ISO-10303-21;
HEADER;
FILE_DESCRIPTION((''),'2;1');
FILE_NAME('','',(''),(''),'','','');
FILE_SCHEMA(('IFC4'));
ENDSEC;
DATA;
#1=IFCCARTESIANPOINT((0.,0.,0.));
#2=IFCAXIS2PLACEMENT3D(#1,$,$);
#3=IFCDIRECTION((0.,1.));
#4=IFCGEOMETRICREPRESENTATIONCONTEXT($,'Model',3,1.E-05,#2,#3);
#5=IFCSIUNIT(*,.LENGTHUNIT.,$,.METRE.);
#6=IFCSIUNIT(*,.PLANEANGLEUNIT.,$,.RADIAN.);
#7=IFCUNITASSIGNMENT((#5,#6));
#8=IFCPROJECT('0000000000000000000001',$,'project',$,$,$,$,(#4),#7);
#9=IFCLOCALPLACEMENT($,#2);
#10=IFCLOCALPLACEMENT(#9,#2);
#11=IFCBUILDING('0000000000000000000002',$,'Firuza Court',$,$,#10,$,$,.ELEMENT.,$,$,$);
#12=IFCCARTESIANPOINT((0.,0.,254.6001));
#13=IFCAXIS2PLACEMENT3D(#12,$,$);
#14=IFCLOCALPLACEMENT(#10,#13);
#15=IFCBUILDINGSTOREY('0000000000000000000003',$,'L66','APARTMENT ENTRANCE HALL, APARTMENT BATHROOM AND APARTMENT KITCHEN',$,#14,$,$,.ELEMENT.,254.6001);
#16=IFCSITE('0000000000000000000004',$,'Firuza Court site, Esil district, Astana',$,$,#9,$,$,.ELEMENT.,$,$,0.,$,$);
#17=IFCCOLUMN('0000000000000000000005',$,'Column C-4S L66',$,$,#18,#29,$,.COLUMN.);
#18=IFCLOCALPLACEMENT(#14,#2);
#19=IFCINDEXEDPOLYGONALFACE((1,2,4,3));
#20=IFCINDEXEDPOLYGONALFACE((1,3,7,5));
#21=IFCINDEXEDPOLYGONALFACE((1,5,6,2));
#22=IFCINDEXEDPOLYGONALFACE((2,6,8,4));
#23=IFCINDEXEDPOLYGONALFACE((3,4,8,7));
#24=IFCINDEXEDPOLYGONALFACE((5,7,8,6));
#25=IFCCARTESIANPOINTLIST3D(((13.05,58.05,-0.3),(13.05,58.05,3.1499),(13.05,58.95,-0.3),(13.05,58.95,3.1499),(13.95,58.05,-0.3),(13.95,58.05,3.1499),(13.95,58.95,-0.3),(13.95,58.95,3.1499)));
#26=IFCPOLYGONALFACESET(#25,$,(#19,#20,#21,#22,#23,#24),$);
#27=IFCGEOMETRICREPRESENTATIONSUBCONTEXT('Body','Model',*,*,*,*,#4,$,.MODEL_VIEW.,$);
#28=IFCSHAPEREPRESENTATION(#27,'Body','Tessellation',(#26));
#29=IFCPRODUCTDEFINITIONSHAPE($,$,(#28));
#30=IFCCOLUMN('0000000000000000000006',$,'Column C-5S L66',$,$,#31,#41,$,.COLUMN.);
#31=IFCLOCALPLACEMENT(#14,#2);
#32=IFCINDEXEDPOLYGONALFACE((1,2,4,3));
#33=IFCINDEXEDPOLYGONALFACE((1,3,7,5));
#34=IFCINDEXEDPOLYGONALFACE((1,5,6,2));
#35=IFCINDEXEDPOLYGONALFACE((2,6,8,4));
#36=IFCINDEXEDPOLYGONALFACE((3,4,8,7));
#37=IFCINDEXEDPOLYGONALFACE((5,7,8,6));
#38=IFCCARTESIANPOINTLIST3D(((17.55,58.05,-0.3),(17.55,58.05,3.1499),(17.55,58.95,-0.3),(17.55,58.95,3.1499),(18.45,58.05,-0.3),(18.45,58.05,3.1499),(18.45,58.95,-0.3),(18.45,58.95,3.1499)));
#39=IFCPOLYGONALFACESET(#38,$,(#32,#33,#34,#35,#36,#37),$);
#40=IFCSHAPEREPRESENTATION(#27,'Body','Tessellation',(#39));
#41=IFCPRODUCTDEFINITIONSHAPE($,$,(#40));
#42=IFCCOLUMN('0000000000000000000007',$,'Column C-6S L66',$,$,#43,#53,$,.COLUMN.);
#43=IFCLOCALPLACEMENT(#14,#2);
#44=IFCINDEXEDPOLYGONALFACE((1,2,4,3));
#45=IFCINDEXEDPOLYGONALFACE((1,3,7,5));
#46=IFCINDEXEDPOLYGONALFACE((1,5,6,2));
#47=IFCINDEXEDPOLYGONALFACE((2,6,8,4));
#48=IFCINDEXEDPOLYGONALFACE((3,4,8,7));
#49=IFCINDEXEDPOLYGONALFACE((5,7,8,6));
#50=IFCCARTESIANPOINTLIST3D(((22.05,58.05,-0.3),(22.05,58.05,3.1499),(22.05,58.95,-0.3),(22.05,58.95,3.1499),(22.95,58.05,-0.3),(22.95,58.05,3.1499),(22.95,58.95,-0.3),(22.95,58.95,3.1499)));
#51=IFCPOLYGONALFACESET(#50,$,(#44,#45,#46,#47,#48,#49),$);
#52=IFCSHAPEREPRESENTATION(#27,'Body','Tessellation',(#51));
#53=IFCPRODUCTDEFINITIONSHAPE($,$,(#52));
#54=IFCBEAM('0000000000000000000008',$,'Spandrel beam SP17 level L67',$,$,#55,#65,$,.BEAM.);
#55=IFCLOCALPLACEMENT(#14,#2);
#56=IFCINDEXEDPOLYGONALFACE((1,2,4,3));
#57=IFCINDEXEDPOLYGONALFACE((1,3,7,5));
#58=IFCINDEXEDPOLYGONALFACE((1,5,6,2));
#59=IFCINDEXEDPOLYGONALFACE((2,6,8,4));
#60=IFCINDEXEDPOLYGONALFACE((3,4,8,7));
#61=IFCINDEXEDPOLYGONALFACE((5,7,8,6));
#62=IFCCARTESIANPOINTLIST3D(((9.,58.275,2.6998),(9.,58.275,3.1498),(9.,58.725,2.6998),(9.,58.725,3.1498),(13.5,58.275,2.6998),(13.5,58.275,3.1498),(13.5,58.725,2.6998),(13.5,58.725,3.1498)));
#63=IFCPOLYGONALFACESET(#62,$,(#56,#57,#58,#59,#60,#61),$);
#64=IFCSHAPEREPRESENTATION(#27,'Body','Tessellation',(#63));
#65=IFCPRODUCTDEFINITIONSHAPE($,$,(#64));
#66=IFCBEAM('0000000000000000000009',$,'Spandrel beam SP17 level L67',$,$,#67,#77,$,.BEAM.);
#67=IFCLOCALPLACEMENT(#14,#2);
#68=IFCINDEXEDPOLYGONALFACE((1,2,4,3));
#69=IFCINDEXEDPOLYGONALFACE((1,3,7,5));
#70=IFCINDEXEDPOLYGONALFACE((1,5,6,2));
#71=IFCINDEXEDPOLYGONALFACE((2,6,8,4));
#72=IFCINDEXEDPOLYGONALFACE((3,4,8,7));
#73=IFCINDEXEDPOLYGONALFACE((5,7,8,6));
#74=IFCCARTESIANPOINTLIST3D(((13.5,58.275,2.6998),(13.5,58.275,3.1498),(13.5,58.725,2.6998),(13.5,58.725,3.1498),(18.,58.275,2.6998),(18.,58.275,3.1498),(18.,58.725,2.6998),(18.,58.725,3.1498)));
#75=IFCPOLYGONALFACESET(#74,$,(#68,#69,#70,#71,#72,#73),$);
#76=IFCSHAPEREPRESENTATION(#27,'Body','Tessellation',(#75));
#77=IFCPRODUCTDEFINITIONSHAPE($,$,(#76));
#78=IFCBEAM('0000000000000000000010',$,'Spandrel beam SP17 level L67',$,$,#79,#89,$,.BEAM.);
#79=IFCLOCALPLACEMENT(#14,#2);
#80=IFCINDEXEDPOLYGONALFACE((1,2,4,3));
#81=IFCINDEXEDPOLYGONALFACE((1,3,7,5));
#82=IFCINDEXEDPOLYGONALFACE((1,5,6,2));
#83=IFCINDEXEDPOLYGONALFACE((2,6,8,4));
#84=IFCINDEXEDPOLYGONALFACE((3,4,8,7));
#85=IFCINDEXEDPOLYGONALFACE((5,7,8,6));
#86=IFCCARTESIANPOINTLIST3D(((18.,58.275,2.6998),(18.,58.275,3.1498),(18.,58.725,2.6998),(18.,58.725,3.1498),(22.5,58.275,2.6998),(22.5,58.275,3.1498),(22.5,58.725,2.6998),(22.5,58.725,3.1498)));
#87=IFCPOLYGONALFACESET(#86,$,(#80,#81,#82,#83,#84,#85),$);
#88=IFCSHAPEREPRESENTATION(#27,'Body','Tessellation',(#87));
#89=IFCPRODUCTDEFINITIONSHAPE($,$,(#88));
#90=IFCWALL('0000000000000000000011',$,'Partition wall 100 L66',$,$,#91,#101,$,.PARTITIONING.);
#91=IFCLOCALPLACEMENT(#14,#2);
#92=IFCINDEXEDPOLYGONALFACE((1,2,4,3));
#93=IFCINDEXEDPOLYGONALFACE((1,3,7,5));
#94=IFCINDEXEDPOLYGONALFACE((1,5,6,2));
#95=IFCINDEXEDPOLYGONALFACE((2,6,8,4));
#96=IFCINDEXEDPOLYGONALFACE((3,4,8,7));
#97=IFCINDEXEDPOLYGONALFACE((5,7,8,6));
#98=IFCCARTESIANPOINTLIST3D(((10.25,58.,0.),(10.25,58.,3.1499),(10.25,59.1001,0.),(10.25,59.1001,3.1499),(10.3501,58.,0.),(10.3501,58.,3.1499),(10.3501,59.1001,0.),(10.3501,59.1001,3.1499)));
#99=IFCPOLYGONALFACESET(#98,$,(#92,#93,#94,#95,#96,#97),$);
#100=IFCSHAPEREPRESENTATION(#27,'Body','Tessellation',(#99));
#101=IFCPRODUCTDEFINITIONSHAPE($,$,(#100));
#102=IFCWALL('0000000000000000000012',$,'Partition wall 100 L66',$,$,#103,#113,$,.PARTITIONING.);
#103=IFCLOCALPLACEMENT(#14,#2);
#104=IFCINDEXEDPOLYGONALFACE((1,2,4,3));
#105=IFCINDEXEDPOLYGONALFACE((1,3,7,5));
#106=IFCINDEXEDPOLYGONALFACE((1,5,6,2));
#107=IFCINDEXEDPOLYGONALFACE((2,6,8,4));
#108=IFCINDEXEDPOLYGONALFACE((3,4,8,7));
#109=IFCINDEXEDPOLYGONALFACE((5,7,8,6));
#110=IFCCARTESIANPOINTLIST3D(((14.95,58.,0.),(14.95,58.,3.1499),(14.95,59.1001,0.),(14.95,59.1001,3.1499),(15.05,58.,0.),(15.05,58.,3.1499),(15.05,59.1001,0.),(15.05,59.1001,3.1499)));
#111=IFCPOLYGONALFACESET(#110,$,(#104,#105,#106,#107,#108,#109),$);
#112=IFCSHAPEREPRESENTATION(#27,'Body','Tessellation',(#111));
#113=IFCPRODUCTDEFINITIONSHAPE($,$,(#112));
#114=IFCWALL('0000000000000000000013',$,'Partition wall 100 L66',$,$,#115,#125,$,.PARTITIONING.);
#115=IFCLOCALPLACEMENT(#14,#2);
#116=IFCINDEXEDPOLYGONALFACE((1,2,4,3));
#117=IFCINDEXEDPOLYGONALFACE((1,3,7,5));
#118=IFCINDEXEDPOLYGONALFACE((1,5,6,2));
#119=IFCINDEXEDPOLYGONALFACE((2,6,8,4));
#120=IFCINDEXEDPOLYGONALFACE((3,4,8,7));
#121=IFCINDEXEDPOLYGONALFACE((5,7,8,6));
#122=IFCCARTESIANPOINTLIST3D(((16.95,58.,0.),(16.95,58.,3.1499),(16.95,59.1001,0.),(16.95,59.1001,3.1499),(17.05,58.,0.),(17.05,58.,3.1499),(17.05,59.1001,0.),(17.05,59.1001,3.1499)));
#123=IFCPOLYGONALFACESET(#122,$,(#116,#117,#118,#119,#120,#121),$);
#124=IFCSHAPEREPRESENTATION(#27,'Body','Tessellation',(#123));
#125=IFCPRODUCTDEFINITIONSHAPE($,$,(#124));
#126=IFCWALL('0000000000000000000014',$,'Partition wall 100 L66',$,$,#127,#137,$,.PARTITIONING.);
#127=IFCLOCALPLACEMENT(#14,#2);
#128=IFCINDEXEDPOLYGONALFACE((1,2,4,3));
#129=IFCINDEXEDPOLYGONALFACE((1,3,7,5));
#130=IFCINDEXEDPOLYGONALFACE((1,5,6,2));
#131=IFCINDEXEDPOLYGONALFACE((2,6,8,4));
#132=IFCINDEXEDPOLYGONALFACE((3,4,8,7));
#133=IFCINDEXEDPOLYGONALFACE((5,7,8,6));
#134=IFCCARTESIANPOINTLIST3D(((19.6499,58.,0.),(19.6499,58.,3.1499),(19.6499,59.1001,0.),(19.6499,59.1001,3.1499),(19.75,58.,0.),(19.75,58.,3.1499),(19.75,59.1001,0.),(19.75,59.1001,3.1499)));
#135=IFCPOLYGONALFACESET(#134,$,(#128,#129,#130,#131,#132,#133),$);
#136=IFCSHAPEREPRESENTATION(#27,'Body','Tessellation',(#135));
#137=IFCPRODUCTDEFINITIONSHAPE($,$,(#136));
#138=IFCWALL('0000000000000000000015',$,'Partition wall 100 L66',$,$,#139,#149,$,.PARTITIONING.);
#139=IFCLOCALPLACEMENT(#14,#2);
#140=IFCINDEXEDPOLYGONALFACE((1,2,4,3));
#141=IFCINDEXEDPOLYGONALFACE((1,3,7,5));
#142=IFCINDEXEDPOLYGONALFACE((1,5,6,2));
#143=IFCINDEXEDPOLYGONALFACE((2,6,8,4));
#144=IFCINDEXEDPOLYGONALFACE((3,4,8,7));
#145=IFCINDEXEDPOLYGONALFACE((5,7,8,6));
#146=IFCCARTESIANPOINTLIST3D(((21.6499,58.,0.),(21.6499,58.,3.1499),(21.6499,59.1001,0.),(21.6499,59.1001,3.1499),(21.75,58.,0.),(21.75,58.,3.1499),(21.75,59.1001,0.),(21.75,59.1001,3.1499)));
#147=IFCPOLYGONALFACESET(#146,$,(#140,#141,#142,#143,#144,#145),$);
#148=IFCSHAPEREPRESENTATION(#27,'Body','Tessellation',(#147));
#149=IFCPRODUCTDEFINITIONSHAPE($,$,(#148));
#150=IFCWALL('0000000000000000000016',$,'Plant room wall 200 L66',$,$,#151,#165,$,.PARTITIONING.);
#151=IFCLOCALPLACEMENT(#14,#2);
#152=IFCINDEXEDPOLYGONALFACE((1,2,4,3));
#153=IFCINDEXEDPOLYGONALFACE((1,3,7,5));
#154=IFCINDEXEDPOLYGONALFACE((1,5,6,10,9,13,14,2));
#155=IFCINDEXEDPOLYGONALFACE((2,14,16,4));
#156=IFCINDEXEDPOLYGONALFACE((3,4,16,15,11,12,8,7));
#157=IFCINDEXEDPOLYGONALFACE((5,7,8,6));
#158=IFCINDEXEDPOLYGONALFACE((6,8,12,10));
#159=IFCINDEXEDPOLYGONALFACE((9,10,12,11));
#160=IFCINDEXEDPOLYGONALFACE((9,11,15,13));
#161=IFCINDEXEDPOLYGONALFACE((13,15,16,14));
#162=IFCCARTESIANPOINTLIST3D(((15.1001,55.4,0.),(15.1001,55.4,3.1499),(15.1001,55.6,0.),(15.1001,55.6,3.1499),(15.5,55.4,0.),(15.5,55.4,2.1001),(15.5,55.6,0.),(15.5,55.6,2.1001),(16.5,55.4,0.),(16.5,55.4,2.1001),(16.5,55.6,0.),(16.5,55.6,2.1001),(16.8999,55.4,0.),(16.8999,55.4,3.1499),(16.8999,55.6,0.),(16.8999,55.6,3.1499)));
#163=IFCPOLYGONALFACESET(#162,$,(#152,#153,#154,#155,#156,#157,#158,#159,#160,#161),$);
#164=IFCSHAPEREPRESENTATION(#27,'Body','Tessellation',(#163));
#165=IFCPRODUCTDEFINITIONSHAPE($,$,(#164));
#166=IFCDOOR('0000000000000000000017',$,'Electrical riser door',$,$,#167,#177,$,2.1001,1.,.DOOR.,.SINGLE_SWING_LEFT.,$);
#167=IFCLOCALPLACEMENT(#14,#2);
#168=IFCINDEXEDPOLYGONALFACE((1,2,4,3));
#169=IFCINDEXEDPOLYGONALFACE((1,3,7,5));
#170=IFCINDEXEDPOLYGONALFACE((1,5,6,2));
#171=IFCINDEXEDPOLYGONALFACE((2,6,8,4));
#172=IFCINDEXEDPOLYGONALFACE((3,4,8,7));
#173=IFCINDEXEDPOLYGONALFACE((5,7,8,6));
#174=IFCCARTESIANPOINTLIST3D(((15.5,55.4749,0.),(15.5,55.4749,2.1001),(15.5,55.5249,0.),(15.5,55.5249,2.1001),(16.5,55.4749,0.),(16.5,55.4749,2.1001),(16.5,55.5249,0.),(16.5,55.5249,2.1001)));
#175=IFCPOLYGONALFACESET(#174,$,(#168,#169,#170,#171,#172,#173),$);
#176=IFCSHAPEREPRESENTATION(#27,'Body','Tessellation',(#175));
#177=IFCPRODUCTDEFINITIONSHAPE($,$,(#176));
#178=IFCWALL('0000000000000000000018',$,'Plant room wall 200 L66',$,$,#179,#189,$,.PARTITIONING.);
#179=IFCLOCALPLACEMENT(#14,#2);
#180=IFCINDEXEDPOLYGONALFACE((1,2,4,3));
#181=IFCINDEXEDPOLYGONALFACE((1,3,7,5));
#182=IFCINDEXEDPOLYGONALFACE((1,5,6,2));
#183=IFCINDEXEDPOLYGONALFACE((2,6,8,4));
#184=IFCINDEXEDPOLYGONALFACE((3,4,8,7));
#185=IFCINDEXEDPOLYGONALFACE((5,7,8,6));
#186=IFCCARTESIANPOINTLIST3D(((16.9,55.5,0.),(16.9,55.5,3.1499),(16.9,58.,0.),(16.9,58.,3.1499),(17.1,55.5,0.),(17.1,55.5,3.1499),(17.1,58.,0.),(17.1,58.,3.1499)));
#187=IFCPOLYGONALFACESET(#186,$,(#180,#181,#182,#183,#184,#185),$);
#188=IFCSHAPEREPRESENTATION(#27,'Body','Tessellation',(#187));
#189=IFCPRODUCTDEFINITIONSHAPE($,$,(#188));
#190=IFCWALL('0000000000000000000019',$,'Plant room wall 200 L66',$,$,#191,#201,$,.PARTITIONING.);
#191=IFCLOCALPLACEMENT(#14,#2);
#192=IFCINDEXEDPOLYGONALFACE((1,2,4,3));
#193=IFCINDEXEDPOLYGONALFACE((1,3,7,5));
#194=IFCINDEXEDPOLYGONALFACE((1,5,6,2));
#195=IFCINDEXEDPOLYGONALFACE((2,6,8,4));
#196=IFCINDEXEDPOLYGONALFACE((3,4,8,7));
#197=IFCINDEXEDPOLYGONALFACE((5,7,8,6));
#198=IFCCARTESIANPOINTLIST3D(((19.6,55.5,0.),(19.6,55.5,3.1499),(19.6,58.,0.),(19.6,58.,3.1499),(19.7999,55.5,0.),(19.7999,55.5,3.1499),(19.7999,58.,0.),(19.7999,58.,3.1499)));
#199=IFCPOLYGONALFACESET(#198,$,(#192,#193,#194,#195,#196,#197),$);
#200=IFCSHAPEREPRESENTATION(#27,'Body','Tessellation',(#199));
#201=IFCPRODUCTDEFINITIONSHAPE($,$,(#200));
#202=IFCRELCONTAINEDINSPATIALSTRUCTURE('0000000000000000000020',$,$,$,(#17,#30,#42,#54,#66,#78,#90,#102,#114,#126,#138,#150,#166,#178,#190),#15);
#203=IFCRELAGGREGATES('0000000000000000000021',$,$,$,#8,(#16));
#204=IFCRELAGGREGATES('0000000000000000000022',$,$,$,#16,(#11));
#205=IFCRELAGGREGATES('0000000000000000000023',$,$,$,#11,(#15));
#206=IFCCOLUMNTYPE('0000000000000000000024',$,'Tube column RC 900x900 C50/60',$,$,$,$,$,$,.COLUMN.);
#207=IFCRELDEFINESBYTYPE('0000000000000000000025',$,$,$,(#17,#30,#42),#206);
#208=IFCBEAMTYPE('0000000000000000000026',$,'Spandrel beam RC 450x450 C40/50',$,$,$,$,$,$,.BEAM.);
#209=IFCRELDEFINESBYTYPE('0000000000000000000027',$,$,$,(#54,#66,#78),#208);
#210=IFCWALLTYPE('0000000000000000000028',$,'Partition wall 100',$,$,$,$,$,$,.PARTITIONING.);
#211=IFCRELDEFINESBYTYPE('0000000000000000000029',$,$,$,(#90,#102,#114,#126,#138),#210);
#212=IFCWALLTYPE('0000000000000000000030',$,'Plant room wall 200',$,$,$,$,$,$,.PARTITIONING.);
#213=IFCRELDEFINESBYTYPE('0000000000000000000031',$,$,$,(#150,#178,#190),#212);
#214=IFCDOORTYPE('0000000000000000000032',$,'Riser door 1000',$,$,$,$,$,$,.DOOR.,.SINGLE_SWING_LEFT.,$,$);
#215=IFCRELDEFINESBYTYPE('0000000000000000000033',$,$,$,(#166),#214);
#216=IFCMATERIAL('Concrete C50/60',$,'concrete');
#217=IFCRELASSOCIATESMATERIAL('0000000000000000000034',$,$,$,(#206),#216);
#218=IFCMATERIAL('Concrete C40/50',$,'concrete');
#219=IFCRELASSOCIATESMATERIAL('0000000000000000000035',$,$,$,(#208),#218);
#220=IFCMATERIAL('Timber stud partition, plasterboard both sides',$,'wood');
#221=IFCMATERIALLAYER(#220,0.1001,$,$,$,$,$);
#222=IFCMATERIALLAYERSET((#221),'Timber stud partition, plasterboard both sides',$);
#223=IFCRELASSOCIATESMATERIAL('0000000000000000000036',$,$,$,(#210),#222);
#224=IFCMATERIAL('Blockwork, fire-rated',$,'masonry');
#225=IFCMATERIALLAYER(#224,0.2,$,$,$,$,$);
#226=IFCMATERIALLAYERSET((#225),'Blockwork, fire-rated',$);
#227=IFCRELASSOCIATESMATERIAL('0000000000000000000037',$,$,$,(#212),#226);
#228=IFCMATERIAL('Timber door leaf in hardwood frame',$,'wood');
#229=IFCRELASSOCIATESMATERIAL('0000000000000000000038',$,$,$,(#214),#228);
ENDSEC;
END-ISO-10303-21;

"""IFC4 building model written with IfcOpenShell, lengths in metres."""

from ifc_helpers import new_model, si_unit, direction, frame, frame_2d, origin, origin_2d, place, context, subcontext, project, spatial, rectangle, extrude, material, layer, layer_set, material_profile, profile_set, type_object, element, fill, save


model = new_model("IFC4")

# Units and contexts
model_context = context("Model", 3, precision=1e-05, world=origin(), true_north=direction((0.0, 1.0)))
body_context = subcontext(model_context, "Body", "Model", "MODEL_VIEW")
ifc_project = project(units=[si_unit("LENGTHUNIT", "METRE"), si_unit("PLANEANGLEUNIT", "RADIAN")], contexts=[model_context])

# Site, building, storey
site_placement = place(None, origin())
site = spatial("IfcSite", under=ifc_project, at=site_placement, Name="Firuza Court site, Esil district, Astana", CompositionType="ELEMENT", RefElevation=0.0)
building_placement = place(site_placement, origin())
building = spatial("IfcBuilding", under=site, at=building_placement, Name="Firuza Court", CompositionType="ELEMENT")
storey_placement = place(building_placement, frame((0.0, 0.0, 254.6001)))
storey = spatial("IfcBuildingStorey", under=building, at=storey_placement, Name="L66", Description="APARTMENT ENTRANCE HALL, APARTMENT BATHROOM AND APARTMENT KITCHEN", CompositionType="ELEMENT", Elevation=254.6001)

# Columns
ifc_material_1 = material(Name="Concrete C50/60", Category="concrete")
ifc_material_profile_1 = material_profile(ifc_material_1, rectangle(XDim=0.8999, YDim=0.8999, at=origin_2d()), Name="RC 900x900")
ifc_profile_set_1 = profile_set([ifc_material_profile_1], Name="Concrete C50/60")
column_type = type_object("IfcColumnType", Name="Tube column RC 900x900 C50/60", PredefinedType="COLUMN", material=ifc_profile_set_1)
for number, where, z_axis, x_axis, name in (
    (1, (13.5, 58.5, -0.3), (0.0, 0.0, 1.0), (1.0, 0.0, 0.0), "Column C-4S L66"),
    (2, (18.0, 58.5, -0.3), (0.0, 0.0, 1.0), (1.0, 0.0, 0.0), "Column C-5S L66"),
    (3, (22.5, 58.5, -0.3), (0.0, 0.0, 1.0), (1.0, 0.0, 0.0), "Column C-6S L66"),
):
    element("IfcColumn", number, at=place(storey_placement, frame(where, z_axis=z_axis, x_axis=x_axis)), inside=storey, type_object=column_type, Name=name, PredefinedType="COLUMN", context=body_context, shape_type="SweptSolid", body=[
        extrude(rectangle(XDim=0.8999, YDim=0.8999, at=origin_2d()), origin(), (0.0, 0.0, 1.0), 3.45),
    ])

# Beams
ifc_material_2 = material(Name="Concrete C40/50", Category="concrete")
ifc_material_profile_2 = material_profile(ifc_material_2, rectangle(XDim=0.45, YDim=0.45, at=origin_2d()), Name="RC 450x450")
ifc_profile_set_2 = profile_set([ifc_material_profile_2], Name="Concrete C40/50")
beam_type = type_object("IfcBeamType", Name="Spandrel beam RC 450x450 C40/50", PredefinedType="BEAM", material=ifc_profile_set_2)
for number, where, z_axis, x_axis, name in (
    (4, (13.5, 58.5, 2.9248), (-1.0, 0.0, 0.0), (0.0, -1.0, 0.0), "Spandrel beam SP17 level L67"),
    (5, (18.0, 58.5, 2.9248), (-1.0, 0.0, 0.0), (0.0, -1.0, 0.0), "Spandrel beam SP17 level L67"),
    (6, (22.5, 58.5, 2.9248), (-1.0, 0.0, 0.0), (0.0, -1.0, 0.0), "Spandrel beam SP17 level L67"),
):
    element("IfcBeam", number, at=place(storey_placement, frame(where, z_axis=z_axis, x_axis=x_axis)), inside=storey, type_object=beam_type, Name=name, PredefinedType="BEAM", context=body_context, shape_type="SweptSolid", body=[
        extrude(rectangle(XDim=0.45, YDim=0.45, at=origin_2d()), origin(), (0.0, 0.0, 1.0), 4.5),
    ])

# Walls
ifc_material_3 = material(Name="Timber stud partition, plasterboard both sides", Category="wood")
ifc_layer_1 = layer(ifc_material_3, 0.1001)
ifc_layer_set_1 = layer_set([ifc_layer_1], Name="Timber stud partition, plasterboard both sides")
wall_type_1 = type_object("IfcWallType", Name="Partition wall 100", PredefinedType="PARTITIONING", material=ifc_layer_set_1)
for number, where, z_axis, x_axis, name in (
    (7, (10.3, 58.0, 0.0), (0.0, 0.0, 1.0), (0.0, 1.0, 0.0), "Partition wall 100 L66"),
    (8, (15.0, 58.0, 0.0), (0.0, 0.0, 1.0), (0.0, 1.0, 0.0), "Partition wall 100 L66"),
    (9, (17.0, 58.0, 0.0), (0.0, 0.0, 1.0), (0.0, 1.0, 0.0), "Partition wall 100 L66"),
    (10, (19.7, 58.0, 0.0), (0.0, 0.0, 1.0), (0.0, 1.0, 0.0), "Partition wall 100 L66"),
    (11, (21.7, 58.0, 0.0), (0.0, 0.0, 1.0), (0.0, 1.0, 0.0), "Partition wall 100 L66"),
):
    element("IfcWall", number, at=place(storey_placement, frame(where, z_axis=z_axis, x_axis=x_axis)), inside=storey, type_object=wall_type_1, Name=name, PredefinedType="PARTITIONING", context=body_context, shape_type="SweptSolid", body=[
        extrude(rectangle(XDim=1.1001, YDim=0.1001, at=frame_2d((0.55, 0.0))), origin(), (0.0, 0.0, 1.0), 3.1499),
    ])

# Wall, opening, door
ifc_material_4 = material(Name="Blockwork, fire-rated", Category="masonry")
ifc_layer_2 = layer(ifc_material_4, 0.2)
ifc_layer_set_2 = layer_set([ifc_layer_2], Name="Blockwork, fire-rated")
wall_type_2 = type_object("IfcWallType", Name="Plant room wall 200", PredefinedType="PARTITIONING", material=ifc_layer_set_2)
wall_1_placement = place(storey_placement, frame((15.1001, 55.5, 0.0), z_axis=(0.0, 0.0, 1.0), x_axis=(1.0, 0.0, 0.0)))
wall_1 = element("IfcWall", 12, at=wall_1_placement, inside=storey, type_object=wall_type_2, Name="Plant room wall 200 L66", PredefinedType="PARTITIONING", context=body_context, shape_type="SweptSolid", body=[
    extrude(rectangle(XDim=1.7998, YDim=0.2, at=frame_2d((0.8999, 0.0))), origin(), (0.0, 0.0, 1.0), 3.1499),
])
opening_1_placement = place(wall_1_placement, frame((0.3999, 0.0, 0.0)))
opening_1 = element("IfcOpeningElement", 13, at=opening_1_placement, cuts=wall_1, PredefinedType="OPENING", context=body_context, shape_type="SweptSolid", body=[
    extrude(rectangle(XDim=1.0, YDim=2.1001, at=frame_2d((0.5, 1.05))), frame((0.0, 0.1118, 0.0), z_axis=(0.0, -1.0, 0.0), x_axis=(1.0, 0.0, 0.0)), (0.0, 0.0, 1.0), 0.2239),
])
ifc_material_5 = material(Name="Timber door leaf in hardwood frame", Category="wood")
door_type = type_object("IfcDoorType", Name="Riser door 1000", OperationType="SINGLE_SWING_LEFT", PredefinedType="DOOR", material=ifc_material_5)
door_1_placement = place(opening_1_placement, origin())
door_1 = element("IfcDoor", 14, at=door_1_placement, inside=storey, type_object=door_type, Name="Electrical riser door", OperationType="SINGLE_SWING_LEFT", OverallHeight=2.1001, OverallWidth=1.0, PredefinedType="DOOR", context=body_context, shape_type="SweptSolid", body=[
    extrude(rectangle(XDim=1.0, YDim=2.1001, at=frame_2d((0.5, 1.05))), frame((0.0, 0.0249, 0.0), z_axis=(0.0, -1.0, 0.0), x_axis=(1.0, 0.0, 0.0)), (0.0, 0.0, 1.0), 0.05),
])
fill(opening_1, door_1)

# Walls
for number, where, z_axis, x_axis, name in (
    (15, (17.0, 55.5, 0.0), (0.0, 0.0, 1.0), (0.0, 1.0, 0.0), "Plant room wall 200 L66"),
    (16, (19.7, 55.5, 0.0), (0.0, 0.0, 1.0), (0.0, 1.0, 0.0), "Plant room wall 200 L66"),
):
    element("IfcWall", number, at=place(storey_placement, frame(where, z_axis=z_axis, x_axis=x_axis)), inside=storey, type_object=wall_type_2, Name=name, PredefinedType="PARTITIONING", context=body_context, shape_type="SweptSolid", body=[
        extrude(rectangle(XDim=2.5, YDim=0.2, at=frame_2d((1.25, 0.0))), origin(), (0.0, 0.0, 1.0), 3.1499),
    ])

save(model, "model.ifc")
